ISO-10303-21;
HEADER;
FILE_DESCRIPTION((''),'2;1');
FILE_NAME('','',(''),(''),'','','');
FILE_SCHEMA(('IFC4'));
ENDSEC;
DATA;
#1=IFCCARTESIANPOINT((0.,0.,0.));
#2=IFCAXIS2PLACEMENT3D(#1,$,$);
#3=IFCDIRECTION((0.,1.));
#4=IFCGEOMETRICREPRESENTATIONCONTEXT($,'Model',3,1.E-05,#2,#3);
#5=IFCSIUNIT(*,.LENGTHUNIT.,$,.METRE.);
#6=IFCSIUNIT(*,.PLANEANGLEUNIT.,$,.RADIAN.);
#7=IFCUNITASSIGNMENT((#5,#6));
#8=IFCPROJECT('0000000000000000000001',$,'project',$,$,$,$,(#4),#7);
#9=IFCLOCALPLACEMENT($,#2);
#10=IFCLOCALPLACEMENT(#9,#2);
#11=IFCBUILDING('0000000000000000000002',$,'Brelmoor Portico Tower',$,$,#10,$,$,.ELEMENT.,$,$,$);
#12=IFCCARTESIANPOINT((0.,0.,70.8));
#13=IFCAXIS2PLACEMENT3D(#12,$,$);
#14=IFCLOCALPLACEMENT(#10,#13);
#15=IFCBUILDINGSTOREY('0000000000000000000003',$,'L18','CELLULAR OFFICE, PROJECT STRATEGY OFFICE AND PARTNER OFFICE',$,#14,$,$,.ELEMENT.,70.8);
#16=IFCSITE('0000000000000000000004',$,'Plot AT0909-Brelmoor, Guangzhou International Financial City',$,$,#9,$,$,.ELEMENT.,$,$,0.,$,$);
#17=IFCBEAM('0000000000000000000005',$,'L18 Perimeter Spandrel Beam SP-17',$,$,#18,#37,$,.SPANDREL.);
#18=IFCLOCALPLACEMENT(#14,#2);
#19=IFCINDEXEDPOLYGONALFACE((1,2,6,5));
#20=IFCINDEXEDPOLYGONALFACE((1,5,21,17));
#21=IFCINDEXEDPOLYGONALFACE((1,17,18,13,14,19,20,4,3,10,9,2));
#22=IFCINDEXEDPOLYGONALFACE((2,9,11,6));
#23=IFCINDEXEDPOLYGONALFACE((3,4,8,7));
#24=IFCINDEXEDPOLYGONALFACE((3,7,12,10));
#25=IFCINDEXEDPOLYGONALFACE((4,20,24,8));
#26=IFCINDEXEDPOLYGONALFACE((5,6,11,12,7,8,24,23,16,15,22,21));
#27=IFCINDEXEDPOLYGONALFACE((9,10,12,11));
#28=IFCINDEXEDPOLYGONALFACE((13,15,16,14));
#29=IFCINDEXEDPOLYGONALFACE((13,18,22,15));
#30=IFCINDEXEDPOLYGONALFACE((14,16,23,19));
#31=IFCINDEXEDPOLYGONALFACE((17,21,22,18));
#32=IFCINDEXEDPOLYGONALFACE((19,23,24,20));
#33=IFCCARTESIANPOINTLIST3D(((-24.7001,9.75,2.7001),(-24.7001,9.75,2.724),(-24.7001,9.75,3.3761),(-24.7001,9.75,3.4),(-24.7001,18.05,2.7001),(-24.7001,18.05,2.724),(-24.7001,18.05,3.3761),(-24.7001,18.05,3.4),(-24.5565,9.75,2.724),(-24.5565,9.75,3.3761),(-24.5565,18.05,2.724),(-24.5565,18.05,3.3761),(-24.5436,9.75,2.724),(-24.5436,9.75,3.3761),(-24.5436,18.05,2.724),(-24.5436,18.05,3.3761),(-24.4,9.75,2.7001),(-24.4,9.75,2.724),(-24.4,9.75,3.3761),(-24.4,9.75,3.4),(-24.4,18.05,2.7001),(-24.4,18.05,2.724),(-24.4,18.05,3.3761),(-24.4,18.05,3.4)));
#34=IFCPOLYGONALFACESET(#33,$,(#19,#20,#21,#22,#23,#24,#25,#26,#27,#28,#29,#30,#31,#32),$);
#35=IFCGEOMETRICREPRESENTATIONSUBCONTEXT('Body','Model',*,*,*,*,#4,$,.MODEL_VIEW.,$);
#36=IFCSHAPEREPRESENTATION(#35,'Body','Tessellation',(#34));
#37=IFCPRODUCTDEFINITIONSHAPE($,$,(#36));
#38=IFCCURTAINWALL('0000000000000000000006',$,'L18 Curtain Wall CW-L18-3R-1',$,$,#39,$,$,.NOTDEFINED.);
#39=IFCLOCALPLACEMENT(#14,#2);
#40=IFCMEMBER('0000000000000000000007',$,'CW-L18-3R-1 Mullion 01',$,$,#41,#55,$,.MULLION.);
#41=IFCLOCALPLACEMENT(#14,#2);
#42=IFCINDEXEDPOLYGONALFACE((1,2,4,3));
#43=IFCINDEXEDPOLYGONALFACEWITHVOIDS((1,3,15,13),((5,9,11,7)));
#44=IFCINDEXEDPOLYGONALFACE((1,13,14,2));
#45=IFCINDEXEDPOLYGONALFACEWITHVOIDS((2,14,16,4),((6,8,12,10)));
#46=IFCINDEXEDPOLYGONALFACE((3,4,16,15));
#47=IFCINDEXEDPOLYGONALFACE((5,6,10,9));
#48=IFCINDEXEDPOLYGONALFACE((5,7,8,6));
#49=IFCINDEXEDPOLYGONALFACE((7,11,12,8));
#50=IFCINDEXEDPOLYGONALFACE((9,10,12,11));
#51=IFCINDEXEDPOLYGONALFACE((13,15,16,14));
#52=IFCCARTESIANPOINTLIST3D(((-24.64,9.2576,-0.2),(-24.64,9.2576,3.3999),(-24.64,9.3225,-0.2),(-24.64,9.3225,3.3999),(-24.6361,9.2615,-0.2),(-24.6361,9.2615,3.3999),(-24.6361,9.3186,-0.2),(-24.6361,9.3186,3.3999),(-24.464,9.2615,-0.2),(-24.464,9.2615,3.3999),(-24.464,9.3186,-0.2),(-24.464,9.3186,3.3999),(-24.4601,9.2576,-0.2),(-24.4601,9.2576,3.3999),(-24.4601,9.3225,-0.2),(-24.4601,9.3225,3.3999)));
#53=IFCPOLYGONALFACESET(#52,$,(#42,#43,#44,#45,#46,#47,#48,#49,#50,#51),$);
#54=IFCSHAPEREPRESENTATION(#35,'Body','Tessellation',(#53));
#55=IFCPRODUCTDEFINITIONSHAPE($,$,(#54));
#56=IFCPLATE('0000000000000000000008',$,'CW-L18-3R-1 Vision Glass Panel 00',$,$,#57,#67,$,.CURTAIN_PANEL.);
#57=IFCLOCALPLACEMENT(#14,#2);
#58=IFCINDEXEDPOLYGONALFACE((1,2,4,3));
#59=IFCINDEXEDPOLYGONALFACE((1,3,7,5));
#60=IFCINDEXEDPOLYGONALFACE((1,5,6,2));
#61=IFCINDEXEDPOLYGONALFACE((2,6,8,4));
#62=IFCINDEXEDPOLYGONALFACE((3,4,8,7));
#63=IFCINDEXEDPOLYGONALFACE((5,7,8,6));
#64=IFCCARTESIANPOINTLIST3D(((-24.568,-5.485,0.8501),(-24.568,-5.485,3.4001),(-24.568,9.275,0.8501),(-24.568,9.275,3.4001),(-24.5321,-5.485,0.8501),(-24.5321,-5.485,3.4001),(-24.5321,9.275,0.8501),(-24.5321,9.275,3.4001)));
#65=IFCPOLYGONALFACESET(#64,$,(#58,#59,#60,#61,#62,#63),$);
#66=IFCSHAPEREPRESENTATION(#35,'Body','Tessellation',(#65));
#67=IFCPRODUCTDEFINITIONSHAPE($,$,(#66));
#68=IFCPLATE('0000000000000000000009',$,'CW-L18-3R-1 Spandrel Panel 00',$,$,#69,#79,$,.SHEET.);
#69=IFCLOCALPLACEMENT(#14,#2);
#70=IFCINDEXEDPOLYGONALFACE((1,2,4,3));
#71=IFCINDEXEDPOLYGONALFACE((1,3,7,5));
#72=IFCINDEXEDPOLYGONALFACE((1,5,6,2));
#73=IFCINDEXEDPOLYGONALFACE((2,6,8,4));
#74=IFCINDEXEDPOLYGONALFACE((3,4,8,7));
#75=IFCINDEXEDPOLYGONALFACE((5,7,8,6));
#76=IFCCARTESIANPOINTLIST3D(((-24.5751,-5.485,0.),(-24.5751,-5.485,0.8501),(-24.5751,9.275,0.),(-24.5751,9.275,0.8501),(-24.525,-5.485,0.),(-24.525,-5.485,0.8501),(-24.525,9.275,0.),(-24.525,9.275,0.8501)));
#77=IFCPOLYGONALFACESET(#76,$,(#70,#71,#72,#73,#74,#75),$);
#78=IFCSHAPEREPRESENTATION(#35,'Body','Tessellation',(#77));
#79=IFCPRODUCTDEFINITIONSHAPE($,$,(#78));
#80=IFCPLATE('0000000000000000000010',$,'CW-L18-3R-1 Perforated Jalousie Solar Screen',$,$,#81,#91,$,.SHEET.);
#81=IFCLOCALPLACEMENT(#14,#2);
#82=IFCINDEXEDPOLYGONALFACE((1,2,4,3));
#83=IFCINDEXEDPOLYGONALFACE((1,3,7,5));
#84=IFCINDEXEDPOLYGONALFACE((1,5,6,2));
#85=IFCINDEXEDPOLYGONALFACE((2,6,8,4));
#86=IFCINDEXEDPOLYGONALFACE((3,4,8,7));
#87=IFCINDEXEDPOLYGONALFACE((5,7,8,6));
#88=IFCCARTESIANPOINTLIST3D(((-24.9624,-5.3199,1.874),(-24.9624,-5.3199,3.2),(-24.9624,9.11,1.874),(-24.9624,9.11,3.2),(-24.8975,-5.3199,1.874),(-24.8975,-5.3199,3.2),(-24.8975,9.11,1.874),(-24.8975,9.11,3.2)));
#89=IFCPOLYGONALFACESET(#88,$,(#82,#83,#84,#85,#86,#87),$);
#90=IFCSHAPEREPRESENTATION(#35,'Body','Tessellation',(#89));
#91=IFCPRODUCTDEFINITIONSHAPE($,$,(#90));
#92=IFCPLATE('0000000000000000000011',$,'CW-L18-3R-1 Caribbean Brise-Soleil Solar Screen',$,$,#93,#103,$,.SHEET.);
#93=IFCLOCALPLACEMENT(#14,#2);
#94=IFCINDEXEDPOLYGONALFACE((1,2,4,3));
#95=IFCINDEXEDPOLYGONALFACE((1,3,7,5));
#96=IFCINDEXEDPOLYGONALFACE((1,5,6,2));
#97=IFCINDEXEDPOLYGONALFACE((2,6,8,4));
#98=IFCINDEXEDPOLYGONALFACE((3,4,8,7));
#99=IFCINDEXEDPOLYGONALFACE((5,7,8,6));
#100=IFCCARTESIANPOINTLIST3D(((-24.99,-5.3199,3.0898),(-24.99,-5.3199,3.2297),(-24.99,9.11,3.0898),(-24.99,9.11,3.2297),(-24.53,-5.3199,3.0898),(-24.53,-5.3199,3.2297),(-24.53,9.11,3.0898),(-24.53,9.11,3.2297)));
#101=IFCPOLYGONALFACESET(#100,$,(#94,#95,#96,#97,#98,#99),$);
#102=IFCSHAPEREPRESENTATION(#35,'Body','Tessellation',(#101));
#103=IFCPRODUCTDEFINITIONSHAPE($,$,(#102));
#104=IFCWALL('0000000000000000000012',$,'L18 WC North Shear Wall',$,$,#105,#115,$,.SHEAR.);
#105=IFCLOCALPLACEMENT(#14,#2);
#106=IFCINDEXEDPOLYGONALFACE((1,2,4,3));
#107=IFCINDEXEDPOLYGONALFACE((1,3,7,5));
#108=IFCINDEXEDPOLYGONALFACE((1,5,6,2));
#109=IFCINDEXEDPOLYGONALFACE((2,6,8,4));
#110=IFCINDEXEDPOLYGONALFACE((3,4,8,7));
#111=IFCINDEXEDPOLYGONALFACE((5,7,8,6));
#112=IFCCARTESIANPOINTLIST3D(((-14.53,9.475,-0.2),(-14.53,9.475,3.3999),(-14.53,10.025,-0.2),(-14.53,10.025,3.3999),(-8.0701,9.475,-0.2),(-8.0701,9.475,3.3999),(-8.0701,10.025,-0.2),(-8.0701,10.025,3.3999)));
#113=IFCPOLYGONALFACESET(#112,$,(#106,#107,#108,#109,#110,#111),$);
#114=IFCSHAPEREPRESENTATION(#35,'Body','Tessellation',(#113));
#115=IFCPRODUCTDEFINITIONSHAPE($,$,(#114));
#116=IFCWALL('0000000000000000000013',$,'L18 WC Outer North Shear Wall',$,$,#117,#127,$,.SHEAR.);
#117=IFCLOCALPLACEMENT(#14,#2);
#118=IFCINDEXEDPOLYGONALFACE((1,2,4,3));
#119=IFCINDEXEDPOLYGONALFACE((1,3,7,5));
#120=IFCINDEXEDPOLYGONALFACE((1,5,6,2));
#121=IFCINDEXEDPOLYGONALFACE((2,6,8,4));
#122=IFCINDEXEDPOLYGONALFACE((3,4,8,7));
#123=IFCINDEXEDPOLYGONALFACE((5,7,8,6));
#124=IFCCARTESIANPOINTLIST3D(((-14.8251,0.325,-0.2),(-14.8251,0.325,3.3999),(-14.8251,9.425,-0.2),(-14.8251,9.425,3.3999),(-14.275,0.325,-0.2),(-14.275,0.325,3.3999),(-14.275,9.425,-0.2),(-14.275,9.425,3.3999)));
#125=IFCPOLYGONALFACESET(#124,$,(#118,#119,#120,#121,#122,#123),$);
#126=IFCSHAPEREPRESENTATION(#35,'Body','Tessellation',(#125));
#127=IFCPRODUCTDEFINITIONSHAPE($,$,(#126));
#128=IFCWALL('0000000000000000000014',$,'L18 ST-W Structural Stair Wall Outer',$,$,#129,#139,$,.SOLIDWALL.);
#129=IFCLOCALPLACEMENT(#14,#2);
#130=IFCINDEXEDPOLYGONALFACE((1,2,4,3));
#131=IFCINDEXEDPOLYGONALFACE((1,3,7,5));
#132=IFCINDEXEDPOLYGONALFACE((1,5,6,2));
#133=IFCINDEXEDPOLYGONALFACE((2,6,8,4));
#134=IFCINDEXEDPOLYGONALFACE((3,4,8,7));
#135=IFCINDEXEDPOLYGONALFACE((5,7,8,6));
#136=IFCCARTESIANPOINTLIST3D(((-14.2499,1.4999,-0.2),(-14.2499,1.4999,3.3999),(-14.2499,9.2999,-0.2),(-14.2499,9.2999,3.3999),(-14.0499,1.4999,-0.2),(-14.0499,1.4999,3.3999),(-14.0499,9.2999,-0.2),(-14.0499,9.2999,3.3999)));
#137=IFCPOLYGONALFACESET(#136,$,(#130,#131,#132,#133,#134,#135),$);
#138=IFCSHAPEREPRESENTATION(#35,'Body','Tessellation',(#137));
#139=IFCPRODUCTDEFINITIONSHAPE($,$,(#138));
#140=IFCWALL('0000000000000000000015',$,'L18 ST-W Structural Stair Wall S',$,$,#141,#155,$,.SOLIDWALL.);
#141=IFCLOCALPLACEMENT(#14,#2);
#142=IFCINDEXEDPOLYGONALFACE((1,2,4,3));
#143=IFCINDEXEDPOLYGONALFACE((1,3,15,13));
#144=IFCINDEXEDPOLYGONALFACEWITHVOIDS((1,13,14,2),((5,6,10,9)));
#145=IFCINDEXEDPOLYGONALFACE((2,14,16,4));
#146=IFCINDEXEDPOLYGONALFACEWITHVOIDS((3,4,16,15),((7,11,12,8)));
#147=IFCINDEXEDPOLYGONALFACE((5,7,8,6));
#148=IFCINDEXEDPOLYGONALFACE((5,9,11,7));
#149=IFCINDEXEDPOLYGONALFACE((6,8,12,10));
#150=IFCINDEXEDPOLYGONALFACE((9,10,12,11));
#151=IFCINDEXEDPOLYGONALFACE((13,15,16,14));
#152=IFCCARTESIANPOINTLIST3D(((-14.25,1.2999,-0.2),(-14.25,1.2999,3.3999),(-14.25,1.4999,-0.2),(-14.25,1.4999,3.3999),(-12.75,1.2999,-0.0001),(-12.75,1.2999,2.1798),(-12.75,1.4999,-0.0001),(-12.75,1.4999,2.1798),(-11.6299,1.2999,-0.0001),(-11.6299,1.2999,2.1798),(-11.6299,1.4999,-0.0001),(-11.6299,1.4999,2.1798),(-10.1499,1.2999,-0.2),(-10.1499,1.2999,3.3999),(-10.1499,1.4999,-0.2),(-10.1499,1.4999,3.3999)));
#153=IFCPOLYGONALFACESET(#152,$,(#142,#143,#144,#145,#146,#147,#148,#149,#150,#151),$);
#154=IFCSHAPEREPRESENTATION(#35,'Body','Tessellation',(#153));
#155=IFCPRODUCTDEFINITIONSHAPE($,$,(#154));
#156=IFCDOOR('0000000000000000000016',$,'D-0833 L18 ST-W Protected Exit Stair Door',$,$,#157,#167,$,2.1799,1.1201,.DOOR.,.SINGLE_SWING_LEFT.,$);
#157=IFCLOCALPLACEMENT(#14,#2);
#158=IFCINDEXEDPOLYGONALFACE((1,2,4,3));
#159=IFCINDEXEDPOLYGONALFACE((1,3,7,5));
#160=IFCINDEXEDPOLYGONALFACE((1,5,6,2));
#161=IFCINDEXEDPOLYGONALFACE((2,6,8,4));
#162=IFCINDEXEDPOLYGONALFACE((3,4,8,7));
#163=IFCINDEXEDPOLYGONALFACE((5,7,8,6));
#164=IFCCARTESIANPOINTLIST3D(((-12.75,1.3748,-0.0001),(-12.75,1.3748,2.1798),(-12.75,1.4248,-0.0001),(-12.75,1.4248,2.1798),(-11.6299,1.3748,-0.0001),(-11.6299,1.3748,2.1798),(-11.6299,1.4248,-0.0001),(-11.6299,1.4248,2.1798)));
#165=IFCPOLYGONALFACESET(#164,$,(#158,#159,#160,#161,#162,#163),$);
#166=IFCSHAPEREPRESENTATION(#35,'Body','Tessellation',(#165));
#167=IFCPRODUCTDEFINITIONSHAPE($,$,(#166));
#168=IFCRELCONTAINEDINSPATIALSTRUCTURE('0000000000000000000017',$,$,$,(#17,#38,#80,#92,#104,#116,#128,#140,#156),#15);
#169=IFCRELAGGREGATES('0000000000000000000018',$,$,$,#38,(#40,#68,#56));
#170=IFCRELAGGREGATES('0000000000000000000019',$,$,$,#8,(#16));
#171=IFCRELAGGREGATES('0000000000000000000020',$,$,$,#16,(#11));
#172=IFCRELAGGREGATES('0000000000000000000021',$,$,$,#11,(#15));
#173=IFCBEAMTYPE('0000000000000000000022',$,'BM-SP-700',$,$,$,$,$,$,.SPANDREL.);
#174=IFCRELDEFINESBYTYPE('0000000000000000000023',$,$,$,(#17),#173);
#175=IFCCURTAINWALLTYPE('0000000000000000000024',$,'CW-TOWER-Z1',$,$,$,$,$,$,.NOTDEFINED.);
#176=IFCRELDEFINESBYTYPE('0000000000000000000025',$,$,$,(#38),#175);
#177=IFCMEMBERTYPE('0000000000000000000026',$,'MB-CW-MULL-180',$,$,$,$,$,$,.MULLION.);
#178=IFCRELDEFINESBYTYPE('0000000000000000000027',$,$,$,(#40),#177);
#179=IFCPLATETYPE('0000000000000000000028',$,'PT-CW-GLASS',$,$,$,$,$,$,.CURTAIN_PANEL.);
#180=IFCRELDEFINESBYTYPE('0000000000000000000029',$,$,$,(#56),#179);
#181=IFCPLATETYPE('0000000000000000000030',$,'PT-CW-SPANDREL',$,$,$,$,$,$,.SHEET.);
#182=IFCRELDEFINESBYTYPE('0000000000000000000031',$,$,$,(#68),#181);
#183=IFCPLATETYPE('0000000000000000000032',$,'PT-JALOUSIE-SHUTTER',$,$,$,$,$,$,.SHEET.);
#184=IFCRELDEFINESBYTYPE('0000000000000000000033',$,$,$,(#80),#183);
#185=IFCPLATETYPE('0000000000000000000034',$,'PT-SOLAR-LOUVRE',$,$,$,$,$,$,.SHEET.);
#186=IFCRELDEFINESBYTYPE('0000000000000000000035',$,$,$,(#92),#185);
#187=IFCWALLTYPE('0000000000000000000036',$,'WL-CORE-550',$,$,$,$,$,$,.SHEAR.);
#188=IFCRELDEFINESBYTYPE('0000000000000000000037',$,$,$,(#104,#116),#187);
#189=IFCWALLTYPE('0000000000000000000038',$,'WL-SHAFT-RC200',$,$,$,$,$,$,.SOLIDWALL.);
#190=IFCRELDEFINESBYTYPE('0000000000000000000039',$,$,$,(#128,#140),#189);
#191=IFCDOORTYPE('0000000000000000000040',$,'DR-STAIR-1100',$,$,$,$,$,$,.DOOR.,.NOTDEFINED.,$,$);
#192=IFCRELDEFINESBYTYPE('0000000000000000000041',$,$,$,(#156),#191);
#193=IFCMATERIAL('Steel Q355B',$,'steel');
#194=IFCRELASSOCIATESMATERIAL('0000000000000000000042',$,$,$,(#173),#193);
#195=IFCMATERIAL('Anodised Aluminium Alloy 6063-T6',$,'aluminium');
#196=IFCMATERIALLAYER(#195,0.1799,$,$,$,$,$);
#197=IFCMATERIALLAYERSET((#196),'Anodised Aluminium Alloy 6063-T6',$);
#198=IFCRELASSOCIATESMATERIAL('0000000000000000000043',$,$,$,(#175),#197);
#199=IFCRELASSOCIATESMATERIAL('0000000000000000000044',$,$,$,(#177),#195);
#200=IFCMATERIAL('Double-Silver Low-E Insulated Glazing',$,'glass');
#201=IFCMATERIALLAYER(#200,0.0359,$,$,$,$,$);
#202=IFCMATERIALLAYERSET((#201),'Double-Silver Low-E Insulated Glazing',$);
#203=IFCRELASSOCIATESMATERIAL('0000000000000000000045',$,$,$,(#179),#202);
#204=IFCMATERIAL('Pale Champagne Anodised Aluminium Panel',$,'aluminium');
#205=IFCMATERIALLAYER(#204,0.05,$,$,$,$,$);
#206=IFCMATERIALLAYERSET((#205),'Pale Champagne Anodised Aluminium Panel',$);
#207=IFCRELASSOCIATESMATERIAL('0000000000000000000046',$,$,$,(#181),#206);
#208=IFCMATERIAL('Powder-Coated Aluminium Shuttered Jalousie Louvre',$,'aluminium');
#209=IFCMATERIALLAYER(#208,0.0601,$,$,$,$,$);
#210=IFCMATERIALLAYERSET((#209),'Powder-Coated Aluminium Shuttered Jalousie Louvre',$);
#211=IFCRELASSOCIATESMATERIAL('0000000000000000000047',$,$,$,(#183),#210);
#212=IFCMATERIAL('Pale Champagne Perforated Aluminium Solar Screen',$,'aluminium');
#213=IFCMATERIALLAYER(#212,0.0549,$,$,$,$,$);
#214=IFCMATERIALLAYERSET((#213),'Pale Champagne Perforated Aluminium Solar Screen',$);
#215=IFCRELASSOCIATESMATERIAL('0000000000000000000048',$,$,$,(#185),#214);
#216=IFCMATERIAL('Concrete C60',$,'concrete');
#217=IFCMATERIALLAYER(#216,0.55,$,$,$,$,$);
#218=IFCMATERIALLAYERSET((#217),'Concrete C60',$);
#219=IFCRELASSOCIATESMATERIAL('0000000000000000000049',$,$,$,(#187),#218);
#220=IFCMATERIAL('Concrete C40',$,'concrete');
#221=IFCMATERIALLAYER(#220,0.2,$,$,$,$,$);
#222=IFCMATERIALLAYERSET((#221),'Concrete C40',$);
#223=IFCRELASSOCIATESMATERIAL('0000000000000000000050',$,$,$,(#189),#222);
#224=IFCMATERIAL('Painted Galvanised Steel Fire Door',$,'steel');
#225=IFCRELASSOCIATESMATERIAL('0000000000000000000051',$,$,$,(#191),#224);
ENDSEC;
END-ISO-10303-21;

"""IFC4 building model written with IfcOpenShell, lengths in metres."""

from ifc_helpers import new_model, si_unit, direction, frame, frame_2d, origin, origin_2d, place, context, subcontext, project, spatial, rectangle, hollow_rectangle, i_section, extrude, material, layer, layer_set, material_profile, profile_set, type_object, element, fill, aggregate, save


model = new_model("IFC4")

# Units and contexts
model_context = context("Model", 3, precision=1e-05, world=origin(), true_north=direction((0.0, 1.0)))
body_context = subcontext(model_context, "Body", "Model", "MODEL_VIEW")
ifc_project = project(units=[si_unit("LENGTHUNIT", "METRE"), si_unit("PLANEANGLEUNIT", "RADIAN")], contexts=[model_context])

# Site, building, storey
site_placement = place(None, origin())
site = spatial("IfcSite", under=ifc_project, at=site_placement, Name="Plot AT0909-Brelmoor, Guangzhou International Financial City", CompositionType="ELEMENT", RefElevation=0.0)
building_placement = place(site_placement, origin())
building = spatial("IfcBuilding", under=site, at=building_placement, Name="Brelmoor Portico Tower", CompositionType="ELEMENT")
storey_placement = place(building_placement, frame((0.0, 0.0, 70.8)))
storey = spatial("IfcBuildingStorey", under=building, at=storey_placement, Name="L18", Description="CELLULAR OFFICE, PROJECT STRATEGY OFFICE AND PARTNER OFFICE", CompositionType="ELEMENT", Elevation=70.8)

# Shared definitions
ifc_material_1 = material(Name="Steel Q355B", Category="steel")

# Beam
ifc_material_profile_1 = material_profile(ifc_material_1, i_section(OverallWidth=0.3, OverallDepth=0.7, WebThickness=0.0129, FlangeThickness=0.0239, at=origin_2d()), Name="HN 700x300x13x24")
ifc_profile_set_1 = profile_set([ifc_material_profile_1], Name="Steel Q355B")
beam_type_1 = type_object("IfcBeamType", Name="BM-SP-700", PredefinedType="SPANDREL", material=ifc_profile_set_1)
beam_1_placement = place(storey_placement, frame((-24.55, 9.75, 3.05), z_axis=(0.0, 1.0, 0.0), x_axis=(-1.0, 0.0, 0.0)))
element("IfcBeam", 1, at=beam_1_placement, inside=storey, type_object=beam_type_1, Name="L18 Perimeter Spandrel Beam SP-17", PredefinedType="SPANDREL", context=body_context, shape_type="SweptSolid", body=[
    extrude(i_section(OverallWidth=0.3, OverallDepth=0.7, WebThickness=0.0129, FlangeThickness=0.0239, at=origin_2d()), origin(), (0.0, 0.0, 1.0), 8.3),
])

# Curtain wall, member, plates
ifc_material_2 = material(Name="Anodised Aluminium Alloy 6063-T6", Category="aluminium")
ifc_layer_1 = layer(ifc_material_2, 0.1799)
ifc_layer_set_1 = layer_set([ifc_layer_1], Name="Anodised Aluminium Alloy 6063-T6")
curtain_wall_type = type_object("IfcCurtainWallType", Name="CW-TOWER-Z1", PredefinedType="NOTDEFINED", material=ifc_layer_set_1)
curtain_wall_placement = place(storey_placement, origin())
curtain_wall = element("IfcCurtainWall", 2, at=curtain_wall_placement, inside=storey, type_object=curtain_wall_type, Name="L18 Curtain Wall CW-L18-3R-1", PredefinedType="NOTDEFINED")
ifc_material_profile_2 = material_profile(ifc_material_2, hollow_rectangle(XDim=0.0649, YDim=0.1799, WallThickness=0.0039, at=origin_2d()), Name="ALU MULLION 65x180")
ifc_profile_set_2 = profile_set([ifc_material_profile_2], Name="Anodised Aluminium Alloy 6063-T6")
member_type = type_object("IfcMemberType", Name="MB-CW-MULL-180", PredefinedType="MULLION", material=ifc_profile_set_2)
member_placement = place(storey_placement, frame((-24.55, 9.29, -0.2), z_axis=(0.0, 0.0, 1.0), x_axis=(0.0, 1.0, 0.0)))
member = element("IfcMember", 3, at=member_placement, type_object=member_type, Name="CW-L18-3R-1 Mullion 01", PredefinedType="MULLION", context=body_context, shape_type="SweptSolid", body=[
    extrude(hollow_rectangle(XDim=0.0649, YDim=0.1799, WallThickness=0.0039, at=origin_2d()), origin(), (0.0, 0.0, 1.0), 3.5999),
])
ifc_material_3 = material(Name="Double-Silver Low-E Insulated Glazing", Category="glass")
ifc_layer_2 = layer(ifc_material_3, 0.0359)
ifc_layer_set_2 = layer_set([ifc_layer_2], Name="Double-Silver Low-E Insulated Glazing")
plate_type_1 = type_object("IfcPlateType", Name="PT-CW-GLASS", PredefinedType="CURTAIN_PANEL", material=ifc_layer_set_2)
plate_1_placement = place(storey_placement, frame((-24.55, 1.895, 0.8501), z_axis=(0.0, 0.0, 1.0), x_axis=(0.0, 1.0, 0.0)))
plate_1 = element("IfcPlate", 4, at=plate_1_placement, type_object=plate_type_1, Name="CW-L18-3R-1 Vision Glass Panel 00", PredefinedType="CURTAIN_PANEL", context=body_context, shape_type="SweptSolid", body=[
    extrude(rectangle(XDim=14.76, YDim=0.0359, at=origin_2d()), origin(), (0.0, 0.0, 1.0), 2.55),
])
ifc_material_4 = material(Name="Pale Champagne Anodised Aluminium Panel", Category="aluminium")
ifc_layer_3 = layer(ifc_material_4, 0.05)
ifc_layer_set_3 = layer_set([ifc_layer_3], Name="Pale Champagne Anodised Aluminium Panel")
plate_type_2 = type_object("IfcPlateType", Name="PT-CW-SPANDREL", PredefinedType="SHEET", material=ifc_layer_set_3)
plate_2_placement = place(storey_placement, frame((-24.55, 1.895, 0.0), z_axis=(0.0, 0.0, 1.0), x_axis=(0.0, 1.0, 0.0)))
plate_2 = element("IfcPlate", 5, at=plate_2_placement, type_object=plate_type_2, Name="CW-L18-3R-1 Spandrel Panel 00", PredefinedType="SHEET", context=body_context, shape_type="SweptSolid", body=[
    extrude(rectangle(XDim=14.76, YDim=0.05, at=origin_2d()), origin(), (0.0, 0.0, 1.0), 0.8501),
])
aggregate(curtain_wall, [member, plate_2, plate_1])

# Plates
ifc_material_5 = material(Name="Powder-Coated Aluminium Shuttered Jalousie Louvre", Category="aluminium")
ifc_layer_4 = layer(ifc_material_5, 0.0601)
ifc_layer_set_4 = layer_set([ifc_layer_4], Name="Powder-Coated Aluminium Shuttered Jalousie Louvre")
plate_type_3 = type_object("IfcPlateType", Name="PT-JALOUSIE-SHUTTER", PredefinedType="SHEET", material=ifc_layer_set_4)
plate_3_placement = place(storey_placement, frame((-24.9299, 1.895, 1.874), z_axis=(0.0, 0.0, 1.0), x_axis=(0.0, 1.0, 0.0)))
element("IfcPlate", 6, at=plate_3_placement, inside=storey, type_object=plate_type_3, Name="CW-L18-3R-1 Perforated Jalousie Solar Screen", PredefinedType="SHEET", context=body_context, shape_type="SweptSolid", body=[
    extrude(rectangle(XDim=14.4299, YDim=0.0649, at=origin_2d()), origin(), (0.0, 0.0, 1.0), 1.3259),
])
ifc_material_6 = material(Name="Pale Champagne Perforated Aluminium Solar Screen", Category="aluminium")
ifc_layer_5 = layer(ifc_material_6, 0.0549)
ifc_layer_set_5 = layer_set([ifc_layer_5], Name="Pale Champagne Perforated Aluminium Solar Screen")
plate_type_4 = type_object("IfcPlateType", Name="PT-SOLAR-LOUVRE", PredefinedType="SHEET", material=ifc_layer_set_5)
plate_4_placement = place(storey_placement, frame((-24.76, 1.895, 3.0898), z_axis=(0.0, 0.0, 1.0), x_axis=(0.0, 1.0, 0.0)))
element("IfcPlate", 7, at=plate_4_placement, inside=storey, type_object=plate_type_4, Name="CW-L18-3R-1 Caribbean Brise-Soleil Solar Screen", PredefinedType="SHEET", context=body_context, shape_type="SweptSolid", body=[
    extrude(rectangle(XDim=14.4299, YDim=0.46, at=origin_2d()), origin(), (0.0, 0.0, 1.0), 0.1399),
])

# Walls
ifc_material_7 = material(Name="Concrete C60", Category="concrete")
ifc_layer_6 = layer(ifc_material_7, 0.55)
ifc_layer_set_6 = layer_set([ifc_layer_6], Name="Concrete C60")
wall_type_1 = type_object("IfcWallType", Name="WL-CORE-550", PredefinedType="SHEAR", material=ifc_layer_set_6)
wall_1_placement = place(storey_placement, frame((-14.53, 9.75, -0.2), z_axis=(0.0, 0.0, 1.0), x_axis=(1.0, 0.0, 0.0)))
element("IfcWall", 8, at=wall_1_placement, inside=storey, type_object=wall_type_1, Name="L18 WC North Shear Wall", PredefinedType="SHEAR", context=body_context, shape_type="SweptSolid", body=[
    extrude(rectangle(XDim=6.46, YDim=0.55, at=frame_2d((3.23, 0.0))), origin(), (0.0, 0.0, 1.0), 3.5999),
])
wall_2_placement = place(storey_placement, frame((-14.55, 0.325, -0.2), z_axis=(0.0, 0.0, 1.0), x_axis=(0.0, 1.0, 0.0)))
element("IfcWall", 9, at=wall_2_placement, inside=storey, type_object=wall_type_1, Name="L18 WC Outer North Shear Wall", PredefinedType="SHEAR", context=body_context, shape_type="SweptSolid", body=[
    extrude(rectangle(XDim=9.1001, YDim=0.55, at=frame_2d((4.55, 0.0))), origin(), (0.0, 0.0, 1.0), 3.5999),
])
ifc_material_8 = material(Name="Concrete C40", Category="concrete")
ifc_layer_7 = layer(ifc_material_8, 0.2)
ifc_layer_set_7 = layer_set([ifc_layer_7], Name="Concrete C40")
wall_type_2 = type_object("IfcWallType", Name="WL-SHAFT-RC200", PredefinedType="SOLIDWALL", material=ifc_layer_set_7)
wall_3_placement = place(storey_placement, frame((-14.1499, 1.5, -0.2), z_axis=(0.0, 0.0, 1.0), x_axis=(0.0, 1.0, 0.0)))
element("IfcWall", 10, at=wall_3_placement, inside=storey, type_object=wall_type_2, Name="L18 ST-W Structural Stair Wall Outer", PredefinedType="SOLIDWALL", context=body_context, shape_type="SweptSolid", body=[
    extrude(rectangle(XDim=7.8, YDim=0.2, at=frame_2d((3.8999, 0.0))), origin(), (0.0, 0.0, 1.0), 3.5999),
])

# Wall, opening, door
wall_4_placement = place(storey_placement, frame((-14.25, 1.3999, -0.2), z_axis=(0.0, 0.0, 1.0), x_axis=(1.0, 0.0, 0.0)))
wall_4 = element("IfcWall", 11, at=wall_4_placement, inside=storey, type_object=wall_type_2, Name="L18 ST-W Structural Stair Wall S", PredefinedType="SOLIDWALL", context=body_context, shape_type="SweptSolid", body=[
    extrude(rectangle(XDim=4.1001, YDim=0.2, at=frame_2d((2.05, 0.0))), origin(), (0.0, 0.0, 1.0), 3.5999),
])
opening_placement = place(wall_4_placement, frame((1.5, 0.0, 0.2)))
opening = element("IfcOpeningElement", 12, at=opening_placement, cuts=wall_4, PredefinedType="OPENING", context=body_context, shape_type="SweptSolid", body=[
    extrude(rectangle(XDim=1.1201, YDim=2.1799, at=frame_2d((0.5601, 1.0898))), frame((0.0, 0.1099, 0.0), z_axis=(0.0, -1.0, 0.0), x_axis=(1.0, 0.0, 0.0)), (0.0, 0.0, 1.0), 0.22),
])
ifc_material_9 = material(Name="Painted Galvanised Steel Fire Door", Category="steel")
door_type = type_object("IfcDoorType", Name="DR-STAIR-1100", OperationType="NOTDEFINED", PredefinedType="DOOR", material=ifc_material_9)
door_placement = place(opening_placement, origin())
door = element("IfcDoor", 13, at=door_placement, inside=storey, type_object=door_type, Name="D-0833 L18 ST-W Protected Exit Stair Door", OperationType="SINGLE_SWING_LEFT", OverallHeight=2.1799, OverallWidth=1.1201, PredefinedType="DOOR", context=body_context, shape_type="SweptSolid", body=[
    extrude(rectangle(XDim=1.1201, YDim=2.1799, at=frame_2d((0.5601, 1.0898))), frame((0.0, 0.0249, 0.0), z_axis=(0.0, -1.0, 0.0), x_axis=(1.0, 0.0, 0.0)), (0.0, 0.0, 1.0), 0.05),
])
fill(opening, door)

save(model, "model.ifc")
